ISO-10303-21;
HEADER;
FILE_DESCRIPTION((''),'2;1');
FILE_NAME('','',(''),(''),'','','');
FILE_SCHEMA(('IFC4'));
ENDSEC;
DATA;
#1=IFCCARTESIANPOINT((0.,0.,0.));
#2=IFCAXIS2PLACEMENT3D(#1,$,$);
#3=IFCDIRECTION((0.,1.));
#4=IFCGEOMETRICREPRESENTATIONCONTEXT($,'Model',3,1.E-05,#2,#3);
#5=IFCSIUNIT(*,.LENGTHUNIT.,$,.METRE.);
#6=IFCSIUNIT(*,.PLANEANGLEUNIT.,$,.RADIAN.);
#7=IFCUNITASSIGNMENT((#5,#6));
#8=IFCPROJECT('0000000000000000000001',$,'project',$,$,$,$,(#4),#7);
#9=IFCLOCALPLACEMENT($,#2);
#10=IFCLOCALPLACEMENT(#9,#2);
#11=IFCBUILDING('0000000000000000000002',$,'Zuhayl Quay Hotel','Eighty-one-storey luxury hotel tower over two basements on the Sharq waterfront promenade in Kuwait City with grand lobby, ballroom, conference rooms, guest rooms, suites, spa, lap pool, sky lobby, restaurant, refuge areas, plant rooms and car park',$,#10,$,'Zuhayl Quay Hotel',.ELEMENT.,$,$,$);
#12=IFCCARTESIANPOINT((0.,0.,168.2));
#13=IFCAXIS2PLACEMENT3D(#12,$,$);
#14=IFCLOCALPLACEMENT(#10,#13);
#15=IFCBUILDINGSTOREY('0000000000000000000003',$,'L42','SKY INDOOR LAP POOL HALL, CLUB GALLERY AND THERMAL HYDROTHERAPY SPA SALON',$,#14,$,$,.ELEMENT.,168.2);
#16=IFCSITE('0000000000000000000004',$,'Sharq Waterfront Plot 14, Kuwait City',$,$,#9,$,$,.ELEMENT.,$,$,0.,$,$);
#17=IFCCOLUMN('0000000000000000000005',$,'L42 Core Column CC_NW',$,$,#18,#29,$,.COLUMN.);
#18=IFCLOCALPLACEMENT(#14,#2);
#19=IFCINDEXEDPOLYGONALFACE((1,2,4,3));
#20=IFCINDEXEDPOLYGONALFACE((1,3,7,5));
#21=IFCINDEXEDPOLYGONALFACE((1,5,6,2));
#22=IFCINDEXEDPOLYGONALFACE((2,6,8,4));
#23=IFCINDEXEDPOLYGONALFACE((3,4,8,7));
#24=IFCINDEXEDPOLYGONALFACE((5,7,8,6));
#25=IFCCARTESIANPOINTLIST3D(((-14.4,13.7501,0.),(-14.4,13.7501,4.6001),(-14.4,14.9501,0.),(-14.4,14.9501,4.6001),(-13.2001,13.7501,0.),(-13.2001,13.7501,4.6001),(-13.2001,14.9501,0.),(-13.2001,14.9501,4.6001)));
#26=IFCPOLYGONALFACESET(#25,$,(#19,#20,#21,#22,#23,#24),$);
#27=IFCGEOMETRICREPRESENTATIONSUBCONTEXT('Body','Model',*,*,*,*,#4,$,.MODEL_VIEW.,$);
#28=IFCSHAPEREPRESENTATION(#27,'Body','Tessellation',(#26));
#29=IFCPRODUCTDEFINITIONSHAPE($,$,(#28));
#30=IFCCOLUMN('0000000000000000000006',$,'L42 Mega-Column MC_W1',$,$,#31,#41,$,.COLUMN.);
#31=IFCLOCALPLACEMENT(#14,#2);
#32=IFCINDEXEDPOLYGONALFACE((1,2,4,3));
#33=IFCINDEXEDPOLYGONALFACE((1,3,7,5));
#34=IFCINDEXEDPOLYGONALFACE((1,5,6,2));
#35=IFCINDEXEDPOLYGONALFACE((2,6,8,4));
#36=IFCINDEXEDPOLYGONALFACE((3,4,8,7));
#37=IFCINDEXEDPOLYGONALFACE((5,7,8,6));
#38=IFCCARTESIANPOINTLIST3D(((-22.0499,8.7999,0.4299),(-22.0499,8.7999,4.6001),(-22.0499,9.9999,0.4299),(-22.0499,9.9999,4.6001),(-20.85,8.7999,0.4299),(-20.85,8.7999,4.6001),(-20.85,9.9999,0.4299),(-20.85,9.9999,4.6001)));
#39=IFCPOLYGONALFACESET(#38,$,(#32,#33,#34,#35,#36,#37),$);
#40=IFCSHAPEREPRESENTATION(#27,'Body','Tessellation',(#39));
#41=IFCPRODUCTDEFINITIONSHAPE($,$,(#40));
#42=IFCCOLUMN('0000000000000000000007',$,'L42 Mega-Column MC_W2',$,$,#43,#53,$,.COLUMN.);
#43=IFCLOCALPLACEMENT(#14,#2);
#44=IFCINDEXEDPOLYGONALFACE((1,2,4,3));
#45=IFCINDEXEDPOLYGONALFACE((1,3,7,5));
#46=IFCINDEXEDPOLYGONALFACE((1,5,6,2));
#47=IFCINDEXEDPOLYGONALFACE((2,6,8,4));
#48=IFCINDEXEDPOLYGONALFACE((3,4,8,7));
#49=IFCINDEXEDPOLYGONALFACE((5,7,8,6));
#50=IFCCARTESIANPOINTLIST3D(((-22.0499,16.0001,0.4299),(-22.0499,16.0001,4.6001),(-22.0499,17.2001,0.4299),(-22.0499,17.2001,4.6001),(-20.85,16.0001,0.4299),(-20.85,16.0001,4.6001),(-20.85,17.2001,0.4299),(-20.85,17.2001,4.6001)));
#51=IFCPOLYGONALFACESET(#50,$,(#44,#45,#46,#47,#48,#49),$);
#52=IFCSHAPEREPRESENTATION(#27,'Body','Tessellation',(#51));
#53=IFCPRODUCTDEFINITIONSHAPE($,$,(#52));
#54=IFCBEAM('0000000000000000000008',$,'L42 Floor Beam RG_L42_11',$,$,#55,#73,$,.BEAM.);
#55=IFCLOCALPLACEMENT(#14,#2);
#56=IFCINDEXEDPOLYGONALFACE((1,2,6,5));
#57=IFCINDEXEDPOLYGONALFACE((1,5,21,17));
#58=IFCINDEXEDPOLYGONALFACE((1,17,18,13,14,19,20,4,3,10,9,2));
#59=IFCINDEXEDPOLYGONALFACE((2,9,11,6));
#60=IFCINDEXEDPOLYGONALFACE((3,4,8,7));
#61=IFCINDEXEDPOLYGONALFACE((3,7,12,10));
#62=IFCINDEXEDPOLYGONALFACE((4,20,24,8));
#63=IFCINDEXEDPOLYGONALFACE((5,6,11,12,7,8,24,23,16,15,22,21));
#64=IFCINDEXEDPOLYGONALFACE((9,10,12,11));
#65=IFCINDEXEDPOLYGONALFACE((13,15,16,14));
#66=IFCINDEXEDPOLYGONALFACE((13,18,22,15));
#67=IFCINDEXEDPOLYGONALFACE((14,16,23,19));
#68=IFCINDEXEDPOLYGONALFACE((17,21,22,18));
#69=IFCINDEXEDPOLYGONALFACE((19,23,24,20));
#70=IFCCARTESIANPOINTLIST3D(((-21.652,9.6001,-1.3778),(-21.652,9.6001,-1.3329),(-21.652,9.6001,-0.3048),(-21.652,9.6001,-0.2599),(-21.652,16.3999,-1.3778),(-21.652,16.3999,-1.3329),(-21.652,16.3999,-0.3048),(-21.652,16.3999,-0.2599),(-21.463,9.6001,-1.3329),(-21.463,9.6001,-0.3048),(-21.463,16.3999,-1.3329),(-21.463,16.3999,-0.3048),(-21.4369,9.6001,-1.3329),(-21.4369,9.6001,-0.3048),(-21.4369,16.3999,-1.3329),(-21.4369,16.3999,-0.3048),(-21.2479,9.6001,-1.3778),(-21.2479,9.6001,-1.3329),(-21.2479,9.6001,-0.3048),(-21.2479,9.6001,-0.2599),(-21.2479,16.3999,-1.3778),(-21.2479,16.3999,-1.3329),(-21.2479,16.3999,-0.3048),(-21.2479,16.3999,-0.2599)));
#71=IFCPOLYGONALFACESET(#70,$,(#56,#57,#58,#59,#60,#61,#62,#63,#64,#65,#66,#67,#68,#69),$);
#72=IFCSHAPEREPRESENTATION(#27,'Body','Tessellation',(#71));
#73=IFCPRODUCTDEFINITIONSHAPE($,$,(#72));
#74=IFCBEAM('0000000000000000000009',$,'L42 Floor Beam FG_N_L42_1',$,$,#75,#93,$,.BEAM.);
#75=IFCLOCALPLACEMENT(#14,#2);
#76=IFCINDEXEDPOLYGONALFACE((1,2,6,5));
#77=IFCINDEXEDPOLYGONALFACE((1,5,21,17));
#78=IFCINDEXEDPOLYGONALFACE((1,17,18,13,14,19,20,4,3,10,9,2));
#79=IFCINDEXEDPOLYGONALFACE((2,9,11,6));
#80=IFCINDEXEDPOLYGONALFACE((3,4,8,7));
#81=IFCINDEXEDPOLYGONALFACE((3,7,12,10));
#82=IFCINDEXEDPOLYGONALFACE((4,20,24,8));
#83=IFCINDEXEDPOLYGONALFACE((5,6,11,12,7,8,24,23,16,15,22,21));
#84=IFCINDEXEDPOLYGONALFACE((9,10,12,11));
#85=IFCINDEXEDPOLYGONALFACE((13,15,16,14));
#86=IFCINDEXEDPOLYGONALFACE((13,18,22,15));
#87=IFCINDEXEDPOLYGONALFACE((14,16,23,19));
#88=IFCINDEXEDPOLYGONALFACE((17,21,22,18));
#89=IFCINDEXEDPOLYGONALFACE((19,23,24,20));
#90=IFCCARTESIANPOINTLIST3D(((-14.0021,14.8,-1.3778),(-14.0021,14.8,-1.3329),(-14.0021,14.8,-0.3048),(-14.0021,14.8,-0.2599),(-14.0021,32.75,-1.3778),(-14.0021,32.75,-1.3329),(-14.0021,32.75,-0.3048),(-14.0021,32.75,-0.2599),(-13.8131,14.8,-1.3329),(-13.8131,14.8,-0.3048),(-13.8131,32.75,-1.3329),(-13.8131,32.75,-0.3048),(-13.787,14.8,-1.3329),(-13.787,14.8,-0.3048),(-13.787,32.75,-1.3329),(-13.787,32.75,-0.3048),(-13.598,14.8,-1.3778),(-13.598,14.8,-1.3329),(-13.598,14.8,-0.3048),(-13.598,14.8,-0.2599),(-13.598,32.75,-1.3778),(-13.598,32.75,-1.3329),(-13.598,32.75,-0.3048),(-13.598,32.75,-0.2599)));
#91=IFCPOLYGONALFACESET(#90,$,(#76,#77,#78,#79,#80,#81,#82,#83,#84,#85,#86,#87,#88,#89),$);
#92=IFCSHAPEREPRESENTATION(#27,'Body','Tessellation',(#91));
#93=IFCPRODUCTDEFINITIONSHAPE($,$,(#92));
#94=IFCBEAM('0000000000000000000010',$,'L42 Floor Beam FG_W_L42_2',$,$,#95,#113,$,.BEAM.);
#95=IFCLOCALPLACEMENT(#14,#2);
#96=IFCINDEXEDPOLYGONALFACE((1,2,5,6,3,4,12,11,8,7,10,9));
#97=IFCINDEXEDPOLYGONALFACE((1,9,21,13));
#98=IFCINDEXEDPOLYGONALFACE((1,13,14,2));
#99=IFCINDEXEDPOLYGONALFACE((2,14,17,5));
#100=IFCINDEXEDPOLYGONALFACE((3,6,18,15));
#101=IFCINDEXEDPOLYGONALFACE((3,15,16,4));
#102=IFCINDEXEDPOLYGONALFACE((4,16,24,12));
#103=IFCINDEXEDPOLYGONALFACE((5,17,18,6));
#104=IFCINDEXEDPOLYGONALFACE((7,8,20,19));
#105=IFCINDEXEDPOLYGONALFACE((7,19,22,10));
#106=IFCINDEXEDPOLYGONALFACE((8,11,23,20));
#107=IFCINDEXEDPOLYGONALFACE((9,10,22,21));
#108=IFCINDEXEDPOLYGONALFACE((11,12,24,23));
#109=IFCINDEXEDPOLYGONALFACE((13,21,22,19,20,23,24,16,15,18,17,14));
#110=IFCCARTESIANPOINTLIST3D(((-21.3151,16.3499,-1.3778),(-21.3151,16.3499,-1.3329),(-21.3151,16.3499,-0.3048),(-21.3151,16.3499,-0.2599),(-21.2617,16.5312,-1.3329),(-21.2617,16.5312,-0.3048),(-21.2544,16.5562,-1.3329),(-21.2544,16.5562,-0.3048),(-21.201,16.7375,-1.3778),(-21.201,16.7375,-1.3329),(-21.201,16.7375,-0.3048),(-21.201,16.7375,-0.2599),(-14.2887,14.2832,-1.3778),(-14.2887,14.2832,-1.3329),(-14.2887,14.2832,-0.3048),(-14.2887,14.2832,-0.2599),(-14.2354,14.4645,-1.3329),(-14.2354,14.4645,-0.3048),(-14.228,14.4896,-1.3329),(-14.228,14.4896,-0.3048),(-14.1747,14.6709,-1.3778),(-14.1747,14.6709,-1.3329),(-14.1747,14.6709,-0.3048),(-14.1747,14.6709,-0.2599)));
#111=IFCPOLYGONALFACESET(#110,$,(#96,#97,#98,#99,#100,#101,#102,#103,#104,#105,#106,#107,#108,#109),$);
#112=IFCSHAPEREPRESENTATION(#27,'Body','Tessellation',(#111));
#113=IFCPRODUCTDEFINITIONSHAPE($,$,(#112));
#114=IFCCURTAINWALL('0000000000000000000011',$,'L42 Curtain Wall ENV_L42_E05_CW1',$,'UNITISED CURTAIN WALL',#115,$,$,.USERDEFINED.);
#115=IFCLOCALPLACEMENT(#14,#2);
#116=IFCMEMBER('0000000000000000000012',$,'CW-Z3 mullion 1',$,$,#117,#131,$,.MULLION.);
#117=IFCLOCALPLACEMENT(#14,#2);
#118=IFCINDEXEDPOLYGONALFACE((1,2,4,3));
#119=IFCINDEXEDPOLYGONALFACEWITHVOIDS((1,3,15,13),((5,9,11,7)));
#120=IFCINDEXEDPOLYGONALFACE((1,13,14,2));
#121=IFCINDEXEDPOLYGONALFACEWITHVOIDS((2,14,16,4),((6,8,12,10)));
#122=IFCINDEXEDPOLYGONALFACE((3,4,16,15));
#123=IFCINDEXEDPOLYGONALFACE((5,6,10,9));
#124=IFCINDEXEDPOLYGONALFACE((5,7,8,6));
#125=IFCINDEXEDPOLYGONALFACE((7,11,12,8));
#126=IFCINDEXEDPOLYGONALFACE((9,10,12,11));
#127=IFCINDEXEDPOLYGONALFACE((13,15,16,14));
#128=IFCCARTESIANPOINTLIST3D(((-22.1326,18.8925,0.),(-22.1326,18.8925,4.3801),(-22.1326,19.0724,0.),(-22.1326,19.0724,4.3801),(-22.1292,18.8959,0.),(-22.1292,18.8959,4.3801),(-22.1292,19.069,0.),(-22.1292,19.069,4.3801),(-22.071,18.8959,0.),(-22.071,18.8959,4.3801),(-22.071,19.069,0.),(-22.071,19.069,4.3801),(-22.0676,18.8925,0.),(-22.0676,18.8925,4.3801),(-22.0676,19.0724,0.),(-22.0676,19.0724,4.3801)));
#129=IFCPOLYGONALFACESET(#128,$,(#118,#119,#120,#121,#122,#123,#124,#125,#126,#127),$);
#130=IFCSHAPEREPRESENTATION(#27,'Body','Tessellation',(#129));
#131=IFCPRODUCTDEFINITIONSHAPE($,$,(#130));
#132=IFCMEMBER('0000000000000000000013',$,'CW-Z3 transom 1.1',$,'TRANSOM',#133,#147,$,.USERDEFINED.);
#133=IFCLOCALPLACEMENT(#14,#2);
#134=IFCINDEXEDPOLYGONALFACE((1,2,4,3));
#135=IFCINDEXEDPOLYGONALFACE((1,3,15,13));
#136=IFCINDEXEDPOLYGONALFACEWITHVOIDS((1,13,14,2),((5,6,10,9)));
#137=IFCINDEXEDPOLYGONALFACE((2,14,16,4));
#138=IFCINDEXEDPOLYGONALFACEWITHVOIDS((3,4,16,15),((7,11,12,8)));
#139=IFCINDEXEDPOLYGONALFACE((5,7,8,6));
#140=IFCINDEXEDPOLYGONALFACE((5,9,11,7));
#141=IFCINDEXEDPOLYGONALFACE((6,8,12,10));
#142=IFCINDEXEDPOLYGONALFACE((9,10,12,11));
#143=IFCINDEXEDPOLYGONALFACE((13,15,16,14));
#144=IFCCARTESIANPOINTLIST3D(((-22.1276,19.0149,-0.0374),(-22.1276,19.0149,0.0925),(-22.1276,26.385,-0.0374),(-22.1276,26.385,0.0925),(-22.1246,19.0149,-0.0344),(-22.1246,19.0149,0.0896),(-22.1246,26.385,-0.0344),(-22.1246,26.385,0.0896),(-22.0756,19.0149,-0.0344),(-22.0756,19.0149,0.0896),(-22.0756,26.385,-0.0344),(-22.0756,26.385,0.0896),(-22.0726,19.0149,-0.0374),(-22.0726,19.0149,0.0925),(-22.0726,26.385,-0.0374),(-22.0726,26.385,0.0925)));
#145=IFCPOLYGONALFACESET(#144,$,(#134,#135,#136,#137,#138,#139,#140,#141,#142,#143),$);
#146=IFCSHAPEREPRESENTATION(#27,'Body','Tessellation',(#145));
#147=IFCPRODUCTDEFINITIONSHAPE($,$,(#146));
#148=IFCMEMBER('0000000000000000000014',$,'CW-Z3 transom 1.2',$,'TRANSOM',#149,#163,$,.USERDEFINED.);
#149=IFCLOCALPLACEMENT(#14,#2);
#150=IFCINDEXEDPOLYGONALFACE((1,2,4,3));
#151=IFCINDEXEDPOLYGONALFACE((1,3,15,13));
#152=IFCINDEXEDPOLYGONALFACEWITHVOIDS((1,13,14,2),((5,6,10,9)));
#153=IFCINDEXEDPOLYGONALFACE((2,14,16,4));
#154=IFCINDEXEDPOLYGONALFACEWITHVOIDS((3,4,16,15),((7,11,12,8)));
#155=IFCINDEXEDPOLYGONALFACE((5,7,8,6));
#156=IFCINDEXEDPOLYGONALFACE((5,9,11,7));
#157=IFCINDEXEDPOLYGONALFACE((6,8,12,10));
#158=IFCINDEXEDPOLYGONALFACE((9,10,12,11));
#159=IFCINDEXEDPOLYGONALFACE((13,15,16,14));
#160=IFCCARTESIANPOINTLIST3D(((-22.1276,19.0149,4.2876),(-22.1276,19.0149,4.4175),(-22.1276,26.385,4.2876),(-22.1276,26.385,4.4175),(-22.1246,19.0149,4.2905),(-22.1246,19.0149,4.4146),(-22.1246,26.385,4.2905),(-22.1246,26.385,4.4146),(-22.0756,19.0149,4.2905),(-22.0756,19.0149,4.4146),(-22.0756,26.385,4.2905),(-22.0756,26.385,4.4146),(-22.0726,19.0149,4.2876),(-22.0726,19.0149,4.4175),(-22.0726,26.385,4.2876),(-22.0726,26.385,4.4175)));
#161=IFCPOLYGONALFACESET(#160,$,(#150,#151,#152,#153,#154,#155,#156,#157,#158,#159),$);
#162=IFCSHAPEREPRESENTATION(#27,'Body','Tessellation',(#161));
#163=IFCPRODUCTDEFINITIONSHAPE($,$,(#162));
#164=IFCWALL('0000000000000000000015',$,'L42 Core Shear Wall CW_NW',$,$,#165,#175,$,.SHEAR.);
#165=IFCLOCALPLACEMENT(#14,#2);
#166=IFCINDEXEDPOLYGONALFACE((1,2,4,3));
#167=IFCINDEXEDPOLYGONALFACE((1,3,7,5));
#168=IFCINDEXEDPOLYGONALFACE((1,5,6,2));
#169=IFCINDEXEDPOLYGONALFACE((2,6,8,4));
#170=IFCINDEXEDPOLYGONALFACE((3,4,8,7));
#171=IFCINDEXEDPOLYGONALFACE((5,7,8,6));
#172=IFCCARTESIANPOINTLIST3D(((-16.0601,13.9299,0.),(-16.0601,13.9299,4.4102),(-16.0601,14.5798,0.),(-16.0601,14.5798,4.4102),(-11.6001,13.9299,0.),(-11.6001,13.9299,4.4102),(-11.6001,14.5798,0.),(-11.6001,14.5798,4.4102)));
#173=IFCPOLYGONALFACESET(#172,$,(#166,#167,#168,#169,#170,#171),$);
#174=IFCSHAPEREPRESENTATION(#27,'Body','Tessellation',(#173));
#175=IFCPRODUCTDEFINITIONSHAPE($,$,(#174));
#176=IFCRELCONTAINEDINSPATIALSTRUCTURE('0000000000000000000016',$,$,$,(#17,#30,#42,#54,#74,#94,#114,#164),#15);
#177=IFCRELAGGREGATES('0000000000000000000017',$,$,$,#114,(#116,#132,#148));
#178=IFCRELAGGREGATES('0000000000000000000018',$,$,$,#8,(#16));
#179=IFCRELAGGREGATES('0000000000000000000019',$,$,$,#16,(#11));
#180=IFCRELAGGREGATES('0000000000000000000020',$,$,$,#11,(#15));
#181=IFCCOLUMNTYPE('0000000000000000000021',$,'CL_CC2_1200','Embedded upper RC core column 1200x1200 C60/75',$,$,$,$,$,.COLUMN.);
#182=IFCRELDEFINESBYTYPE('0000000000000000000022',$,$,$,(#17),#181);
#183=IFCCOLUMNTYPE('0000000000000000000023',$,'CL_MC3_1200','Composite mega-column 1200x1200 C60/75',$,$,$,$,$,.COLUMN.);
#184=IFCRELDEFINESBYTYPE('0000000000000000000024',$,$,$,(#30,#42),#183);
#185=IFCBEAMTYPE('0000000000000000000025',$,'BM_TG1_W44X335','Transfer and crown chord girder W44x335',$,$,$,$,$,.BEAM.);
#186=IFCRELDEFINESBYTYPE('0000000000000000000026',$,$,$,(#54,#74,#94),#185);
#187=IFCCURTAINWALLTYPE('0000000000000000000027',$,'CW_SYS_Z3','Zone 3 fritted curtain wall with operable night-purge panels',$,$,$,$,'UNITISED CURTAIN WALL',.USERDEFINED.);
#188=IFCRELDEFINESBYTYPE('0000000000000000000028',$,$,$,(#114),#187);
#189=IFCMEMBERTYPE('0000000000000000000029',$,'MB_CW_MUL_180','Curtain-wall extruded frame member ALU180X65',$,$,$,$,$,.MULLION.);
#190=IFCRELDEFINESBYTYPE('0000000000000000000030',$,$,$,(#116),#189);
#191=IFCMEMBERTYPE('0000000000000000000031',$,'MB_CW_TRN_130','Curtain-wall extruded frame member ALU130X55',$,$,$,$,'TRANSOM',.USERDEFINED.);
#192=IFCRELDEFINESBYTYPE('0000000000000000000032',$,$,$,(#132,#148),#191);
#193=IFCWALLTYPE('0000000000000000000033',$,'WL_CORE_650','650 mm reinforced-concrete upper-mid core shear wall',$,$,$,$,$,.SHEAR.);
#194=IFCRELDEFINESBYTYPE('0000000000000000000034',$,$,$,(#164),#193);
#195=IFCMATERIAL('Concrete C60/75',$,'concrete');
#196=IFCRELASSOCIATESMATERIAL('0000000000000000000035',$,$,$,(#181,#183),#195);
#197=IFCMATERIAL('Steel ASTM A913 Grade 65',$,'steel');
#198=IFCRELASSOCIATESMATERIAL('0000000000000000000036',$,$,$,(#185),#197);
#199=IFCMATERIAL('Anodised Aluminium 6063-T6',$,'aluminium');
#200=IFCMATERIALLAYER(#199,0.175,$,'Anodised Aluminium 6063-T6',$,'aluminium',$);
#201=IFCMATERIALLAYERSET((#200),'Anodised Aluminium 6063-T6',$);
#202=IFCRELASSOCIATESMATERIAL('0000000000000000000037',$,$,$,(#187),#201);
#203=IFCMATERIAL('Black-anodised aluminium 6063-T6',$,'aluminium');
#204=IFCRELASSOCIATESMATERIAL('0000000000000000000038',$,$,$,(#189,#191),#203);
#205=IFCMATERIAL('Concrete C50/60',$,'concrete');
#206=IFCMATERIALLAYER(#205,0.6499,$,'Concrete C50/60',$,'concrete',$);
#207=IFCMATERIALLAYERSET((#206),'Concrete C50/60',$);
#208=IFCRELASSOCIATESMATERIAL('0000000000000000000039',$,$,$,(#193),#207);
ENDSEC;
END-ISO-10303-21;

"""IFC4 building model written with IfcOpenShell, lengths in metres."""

from ifc_helpers import new_model, si_unit, direction, frame, frame_2d, origin, origin_2d, place, context, subcontext, project, spatial, rectangle, hollow_rectangle, i_section, extrude, material, layer, layer_set, material_profile, profile_set, type_object, element, aggregate, save


model = new_model("IFC4")

# Units and contexts
model_context = context("Model", 3, precision=1e-05, world=origin(), true_north=direction((0.0, 1.0)))
body_context = subcontext(model_context, "Body", "Model", "MODEL_VIEW")
ifc_project = project(units=[si_unit("LENGTHUNIT", "METRE"), si_unit("PLANEANGLEUNIT", "RADIAN")], contexts=[model_context])

# Site, building, storey
site_placement = place(None, origin())
site = spatial("IfcSite", under=ifc_project, at=site_placement, Name="Sharq Waterfront Plot 14, Kuwait City", CompositionType="ELEMENT", RefElevation=0.0)
building_placement = place(site_placement, origin())
building = spatial("IfcBuilding", under=site, at=building_placement, Name="Zuhayl Quay Hotel", Description="Eighty-one-storey luxury hotel tower over two basements on the Sharq waterfront promenade in Kuwait City with grand lobby, ballroom, conference rooms, guest rooms, suites, spa, lap pool, sky lobby, restaurant, refuge areas, plant rooms and car park", LongName="Zuhayl Quay Hotel", CompositionType="ELEMENT")
storey_placement = place(building_placement, frame((0.0, 0.0, 168.2)))
storey = spatial("IfcBuildingStorey", under=building, at=storey_placement, Name="L42", Description="SKY INDOOR LAP POOL HALL, CLUB GALLERY AND THERMAL HYDROTHERAPY SPA SALON", CompositionType="ELEMENT", Elevation=168.2)

# Columns
ifc_material_1 = material(Name="Concrete C60/75", Category="concrete")
ifc_material_profile_1 = material_profile(ifc_material_1, rectangle(XDim=1.2, YDim=1.2, at=origin_2d()), Name="RC1200X1200")
ifc_profile_set_1 = profile_set([ifc_material_profile_1], Name="Concrete C60/75")
column_type_1 = type_object("IfcColumnType", Name="CL_CC2_1200", Description="Embedded upper RC core column 1200x1200 C60/75", PredefinedType="COLUMN", material=ifc_profile_set_1)
column_placement = place(storey_placement, frame((-13.8, 14.3501, 0.0), z_axis=(0.0, 0.0, 1.0), x_axis=(1.0, 0.0, 0.0)))
element("IfcColumn", 1, at=column_placement, inside=storey, type_object=column_type_1, Name="L42 Core Column CC_NW", PredefinedType="COLUMN", context=body_context, shape_type="SweptSolid", body=[
    extrude(rectangle(XDim=1.2, YDim=1.2, at=origin_2d()), origin(), (0.0, 0.0, 1.0), 4.6001),
])
ifc_material_profile_2 = material_profile(ifc_material_1, rectangle(XDim=1.2, YDim=1.2, at=origin_2d()), Name="RC1200X1200")
ifc_profile_set_2 = profile_set([ifc_material_profile_2], Name="Concrete C60/75")
column_type_2 = type_object("IfcColumnType", Name="CL_MC3_1200", Description="Composite mega-column 1200x1200 C60/75", PredefinedType="COLUMN", material=ifc_profile_set_2)
for number, where, z_axis, x_axis, name in (
    (2, (-21.45, 9.3999, 0.4299), (0.0, 0.0, 1.0), (1.0, 0.0, 0.0), "L42 Mega-Column MC_W1"),
    (3, (-21.45, 16.6001, 0.4299), (0.0, 0.0, 1.0), (1.0, 0.0, 0.0), "L42 Mega-Column MC_W2"),
):
    element("IfcColumn", number, at=place(storey_placement, frame(where, z_axis=z_axis, x_axis=x_axis)), inside=storey, type_object=column_type_2, Name=name, PredefinedType="COLUMN", context=body_context, shape_type="SweptSolid", body=[
        extrude(rectangle(XDim=1.2, YDim=1.2, at=origin_2d()), origin(), (0.0, 0.0, 1.0), 4.1702),
    ])

# Beams
ifc_material_2 = material(Name="Steel ASTM A913 Grade 65", Category="steel")
ifc_material_profile_3 = material_profile(ifc_material_2, i_section(OverallWidth=0.4041, OverallDepth=1.1179, WebThickness=0.0261, FlangeThickness=0.0449, at=origin_2d()), Name="W44X335")
ifc_profile_set_3 = profile_set([ifc_material_profile_3], Name="Steel ASTM A913 Grade 65")
beam_type = type_object("IfcBeamType", Name="BM_TG1_W44X335", Description="Transfer and crown chord girder W44x335", PredefinedType="BEAM", material=ifc_profile_set_3)
beam_1_placement = place(storey_placement, frame((-21.45, 16.3999, -0.8188), z_axis=(0.0, -1.0, 0.0), x_axis=(1.0, 0.0, 0.0)))
element("IfcBeam", 4, at=beam_1_placement, inside=storey, type_object=beam_type, Name="L42 Floor Beam RG_L42_11", PredefinedType="BEAM", context=body_context, shape_type="SweptSolid", body=[
    extrude(i_section(OverallWidth=0.4041, OverallDepth=1.1179, WebThickness=0.0261, FlangeThickness=0.0449, at=origin_2d()), origin(), (0.0, 0.0, 1.0), 6.7998),
])
beam_2_placement = place(storey_placement, frame((-13.8, 14.8, -0.8188), z_axis=(0.0, 1.0, 0.0), x_axis=(-1.0, 0.0, 0.0)))
element("IfcBeam", 5, at=beam_2_placement, inside=storey, type_object=beam_type, Name="L42 Floor Beam FG_N_L42_1", PredefinedType="BEAM", context=body_context, shape_type="SweptSolid", body=[
    extrude(i_section(OverallWidth=0.4041, OverallDepth=1.1179, WebThickness=0.0261, FlangeThickness=0.0449, at=origin_2d()), origin(), (0.0, 0.0, 1.0), 17.95),
])
beam_3_placement = place(storey_placement, frame((-21.2581, 16.5437, -0.8188), z_axis=(0.959363, -0.282175, 0.0), x_axis=(0.282175, 0.959363, 0.0)))
element("IfcBeam", 6, at=beam_3_placement, inside=storey, type_object=beam_type, Name="L42 Floor Beam FG_W_L42_2", PredefinedType="BEAM", context=body_context, shape_type="SweptSolid", body=[
    extrude(i_section(OverallWidth=0.4041, OverallDepth=1.1179, WebThickness=0.0261, FlangeThickness=0.0449, at=origin_2d()), origin(), (0.0, 0.0, 1.0), 7.324),
])

# Curtain wall, members
ifc_material_3 = material(Name="Anodised Aluminium 6063-T6", Category="aluminium")
ifc_layer_1 = layer(ifc_material_3, 0.175, Name="Anodised Aluminium 6063-T6", Category="aluminium")
ifc_layer_set_1 = layer_set([ifc_layer_1], Name="Anodised Aluminium 6063-T6")
curtain_wall_type = type_object("IfcCurtainWallType", Name="CW_SYS_Z3", Description="Zone 3 fritted curtain wall with operable night-purge panels", ElementType="UNITISED CURTAIN WALL", PredefinedType="USERDEFINED", material=ifc_layer_set_1)
curtain_wall_placement = place(storey_placement, origin())
curtain_wall = element("IfcCurtainWall", 7, at=curtain_wall_placement, inside=storey, type_object=curtain_wall_type, Name="L42 Curtain Wall ENV_L42_E05_CW1", ObjectType="UNITISED CURTAIN WALL", PredefinedType="USERDEFINED")
ifc_material_4 = material(Name="Black-anodised aluminium 6063-T6", Category="aluminium")
ifc_material_profile_4 = material_profile(ifc_material_4, hollow_rectangle(XDim=0.0649, YDim=0.1799, WallThickness=0.0034, at=origin_2d()), Name="ALU180X65")
ifc_profile_set_4 = profile_set([ifc_material_profile_4], Name="Black-anodised aluminium 6063-T6")
member_type_1 = type_object("IfcMemberType", Name="MB_CW_MUL_180", Description="Curtain-wall extruded frame member ALU180X65", PredefinedType="MULLION", material=ifc_profile_set_4)
member_1_placement = place(storey_placement, frame((-22.1001, 18.9824, 0.0), z_axis=(0.0, 0.0, 1.0), x_axis=(-1.0, 0.0, 0.0)))
member_1 = element("IfcMember", 8, at=member_1_placement, type_object=member_type_1, Name="CW-Z3 mullion 1", PredefinedType="MULLION", context=body_context, shape_type="SweptSolid", body=[
    extrude(hollow_rectangle(XDim=0.0649, YDim=0.1799, WallThickness=0.0034, at=origin_2d()), origin(), (0.0, 0.0, 1.0), 4.3801),
])
ifc_material_profile_5 = material_profile(ifc_material_4, hollow_rectangle(XDim=0.0549, YDim=0.1299, WallThickness=0.0029, at=origin_2d()), Name="ALU130X55")
ifc_profile_set_5 = profile_set([ifc_material_profile_5], Name="Black-anodised aluminium 6063-T6")
member_type_2 = type_object("IfcMemberType", Name="MB_CW_TRN_130", Description="Curtain-wall extruded frame member ALU130X55", ElementType="TRANSOM", PredefinedType="USERDEFINED", material=ifc_profile_set_5)
member_2_placement = place(storey_placement, frame((-22.1001, 19.0149, 0.0276), z_axis=(0.0, 1.0, 0.0), x_axis=(-1.0, 0.0, 0.0)))
member_2 = element("IfcMember", 9, at=member_2_placement, type_object=member_type_2, Name="CW-Z3 transom 1.1", ObjectType="TRANSOM", PredefinedType="USERDEFINED", context=body_context, shape_type="SweptSolid", body=[
    extrude(hollow_rectangle(XDim=0.0549, YDim=0.1299, WallThickness=0.0029, at=origin_2d()), origin(), (0.0, 0.0, 1.0), 7.3701),
])
member_3_placement = place(storey_placement, frame((-22.1001, 19.0149, 4.3525), z_axis=(0.0, 1.0, 0.0), x_axis=(-1.0, 0.0, 0.0)))
member_3 = element("IfcMember", 10, at=member_3_placement, type_object=member_type_2, Name="CW-Z3 transom 1.2", ObjectType="TRANSOM", PredefinedType="USERDEFINED", context=body_context, shape_type="SweptSolid", body=[
    extrude(hollow_rectangle(XDim=0.0549, YDim=0.1299, WallThickness=0.0029, at=origin_2d()), origin(), (0.0, 0.0, 1.0), 7.3701),
])
aggregate(curtain_wall, [member_1, member_2, member_3])

# Wall
ifc_material_5 = material(Name="Concrete C50/60", Category="concrete")
ifc_layer_2 = layer(ifc_material_5, 0.6499, Name="Concrete C50/60", Category="concrete")
ifc_layer_set_2 = layer_set([ifc_layer_2], Name="Concrete C50/60")
wall_type_1 = type_object("IfcWallType", Name="WL_CORE_650", Description="650 mm reinforced-concrete upper-mid core shear wall", PredefinedType="SHEAR", material=ifc_layer_set_2)
wall_1_placement = place(storey_placement, frame((-16.0601, 14.2549, 0.0), z_axis=(0.0, 0.0, 1.0), x_axis=(1.0, 0.0, 0.0)))
element("IfcWall", 11, at=wall_1_placement, inside=storey, type_object=wall_type_1, Name="L42 Core Shear Wall CW_NW", PredefinedType="SHEAR", context=body_context, shape_type="SweptSolid", body=[
    extrude(rectangle(XDim=4.46, YDim=0.6499, at=frame_2d((2.23, 0.0))), origin(), (0.0, 0.0, 1.0), 4.4102),
])

save(model, "model.ifc")
